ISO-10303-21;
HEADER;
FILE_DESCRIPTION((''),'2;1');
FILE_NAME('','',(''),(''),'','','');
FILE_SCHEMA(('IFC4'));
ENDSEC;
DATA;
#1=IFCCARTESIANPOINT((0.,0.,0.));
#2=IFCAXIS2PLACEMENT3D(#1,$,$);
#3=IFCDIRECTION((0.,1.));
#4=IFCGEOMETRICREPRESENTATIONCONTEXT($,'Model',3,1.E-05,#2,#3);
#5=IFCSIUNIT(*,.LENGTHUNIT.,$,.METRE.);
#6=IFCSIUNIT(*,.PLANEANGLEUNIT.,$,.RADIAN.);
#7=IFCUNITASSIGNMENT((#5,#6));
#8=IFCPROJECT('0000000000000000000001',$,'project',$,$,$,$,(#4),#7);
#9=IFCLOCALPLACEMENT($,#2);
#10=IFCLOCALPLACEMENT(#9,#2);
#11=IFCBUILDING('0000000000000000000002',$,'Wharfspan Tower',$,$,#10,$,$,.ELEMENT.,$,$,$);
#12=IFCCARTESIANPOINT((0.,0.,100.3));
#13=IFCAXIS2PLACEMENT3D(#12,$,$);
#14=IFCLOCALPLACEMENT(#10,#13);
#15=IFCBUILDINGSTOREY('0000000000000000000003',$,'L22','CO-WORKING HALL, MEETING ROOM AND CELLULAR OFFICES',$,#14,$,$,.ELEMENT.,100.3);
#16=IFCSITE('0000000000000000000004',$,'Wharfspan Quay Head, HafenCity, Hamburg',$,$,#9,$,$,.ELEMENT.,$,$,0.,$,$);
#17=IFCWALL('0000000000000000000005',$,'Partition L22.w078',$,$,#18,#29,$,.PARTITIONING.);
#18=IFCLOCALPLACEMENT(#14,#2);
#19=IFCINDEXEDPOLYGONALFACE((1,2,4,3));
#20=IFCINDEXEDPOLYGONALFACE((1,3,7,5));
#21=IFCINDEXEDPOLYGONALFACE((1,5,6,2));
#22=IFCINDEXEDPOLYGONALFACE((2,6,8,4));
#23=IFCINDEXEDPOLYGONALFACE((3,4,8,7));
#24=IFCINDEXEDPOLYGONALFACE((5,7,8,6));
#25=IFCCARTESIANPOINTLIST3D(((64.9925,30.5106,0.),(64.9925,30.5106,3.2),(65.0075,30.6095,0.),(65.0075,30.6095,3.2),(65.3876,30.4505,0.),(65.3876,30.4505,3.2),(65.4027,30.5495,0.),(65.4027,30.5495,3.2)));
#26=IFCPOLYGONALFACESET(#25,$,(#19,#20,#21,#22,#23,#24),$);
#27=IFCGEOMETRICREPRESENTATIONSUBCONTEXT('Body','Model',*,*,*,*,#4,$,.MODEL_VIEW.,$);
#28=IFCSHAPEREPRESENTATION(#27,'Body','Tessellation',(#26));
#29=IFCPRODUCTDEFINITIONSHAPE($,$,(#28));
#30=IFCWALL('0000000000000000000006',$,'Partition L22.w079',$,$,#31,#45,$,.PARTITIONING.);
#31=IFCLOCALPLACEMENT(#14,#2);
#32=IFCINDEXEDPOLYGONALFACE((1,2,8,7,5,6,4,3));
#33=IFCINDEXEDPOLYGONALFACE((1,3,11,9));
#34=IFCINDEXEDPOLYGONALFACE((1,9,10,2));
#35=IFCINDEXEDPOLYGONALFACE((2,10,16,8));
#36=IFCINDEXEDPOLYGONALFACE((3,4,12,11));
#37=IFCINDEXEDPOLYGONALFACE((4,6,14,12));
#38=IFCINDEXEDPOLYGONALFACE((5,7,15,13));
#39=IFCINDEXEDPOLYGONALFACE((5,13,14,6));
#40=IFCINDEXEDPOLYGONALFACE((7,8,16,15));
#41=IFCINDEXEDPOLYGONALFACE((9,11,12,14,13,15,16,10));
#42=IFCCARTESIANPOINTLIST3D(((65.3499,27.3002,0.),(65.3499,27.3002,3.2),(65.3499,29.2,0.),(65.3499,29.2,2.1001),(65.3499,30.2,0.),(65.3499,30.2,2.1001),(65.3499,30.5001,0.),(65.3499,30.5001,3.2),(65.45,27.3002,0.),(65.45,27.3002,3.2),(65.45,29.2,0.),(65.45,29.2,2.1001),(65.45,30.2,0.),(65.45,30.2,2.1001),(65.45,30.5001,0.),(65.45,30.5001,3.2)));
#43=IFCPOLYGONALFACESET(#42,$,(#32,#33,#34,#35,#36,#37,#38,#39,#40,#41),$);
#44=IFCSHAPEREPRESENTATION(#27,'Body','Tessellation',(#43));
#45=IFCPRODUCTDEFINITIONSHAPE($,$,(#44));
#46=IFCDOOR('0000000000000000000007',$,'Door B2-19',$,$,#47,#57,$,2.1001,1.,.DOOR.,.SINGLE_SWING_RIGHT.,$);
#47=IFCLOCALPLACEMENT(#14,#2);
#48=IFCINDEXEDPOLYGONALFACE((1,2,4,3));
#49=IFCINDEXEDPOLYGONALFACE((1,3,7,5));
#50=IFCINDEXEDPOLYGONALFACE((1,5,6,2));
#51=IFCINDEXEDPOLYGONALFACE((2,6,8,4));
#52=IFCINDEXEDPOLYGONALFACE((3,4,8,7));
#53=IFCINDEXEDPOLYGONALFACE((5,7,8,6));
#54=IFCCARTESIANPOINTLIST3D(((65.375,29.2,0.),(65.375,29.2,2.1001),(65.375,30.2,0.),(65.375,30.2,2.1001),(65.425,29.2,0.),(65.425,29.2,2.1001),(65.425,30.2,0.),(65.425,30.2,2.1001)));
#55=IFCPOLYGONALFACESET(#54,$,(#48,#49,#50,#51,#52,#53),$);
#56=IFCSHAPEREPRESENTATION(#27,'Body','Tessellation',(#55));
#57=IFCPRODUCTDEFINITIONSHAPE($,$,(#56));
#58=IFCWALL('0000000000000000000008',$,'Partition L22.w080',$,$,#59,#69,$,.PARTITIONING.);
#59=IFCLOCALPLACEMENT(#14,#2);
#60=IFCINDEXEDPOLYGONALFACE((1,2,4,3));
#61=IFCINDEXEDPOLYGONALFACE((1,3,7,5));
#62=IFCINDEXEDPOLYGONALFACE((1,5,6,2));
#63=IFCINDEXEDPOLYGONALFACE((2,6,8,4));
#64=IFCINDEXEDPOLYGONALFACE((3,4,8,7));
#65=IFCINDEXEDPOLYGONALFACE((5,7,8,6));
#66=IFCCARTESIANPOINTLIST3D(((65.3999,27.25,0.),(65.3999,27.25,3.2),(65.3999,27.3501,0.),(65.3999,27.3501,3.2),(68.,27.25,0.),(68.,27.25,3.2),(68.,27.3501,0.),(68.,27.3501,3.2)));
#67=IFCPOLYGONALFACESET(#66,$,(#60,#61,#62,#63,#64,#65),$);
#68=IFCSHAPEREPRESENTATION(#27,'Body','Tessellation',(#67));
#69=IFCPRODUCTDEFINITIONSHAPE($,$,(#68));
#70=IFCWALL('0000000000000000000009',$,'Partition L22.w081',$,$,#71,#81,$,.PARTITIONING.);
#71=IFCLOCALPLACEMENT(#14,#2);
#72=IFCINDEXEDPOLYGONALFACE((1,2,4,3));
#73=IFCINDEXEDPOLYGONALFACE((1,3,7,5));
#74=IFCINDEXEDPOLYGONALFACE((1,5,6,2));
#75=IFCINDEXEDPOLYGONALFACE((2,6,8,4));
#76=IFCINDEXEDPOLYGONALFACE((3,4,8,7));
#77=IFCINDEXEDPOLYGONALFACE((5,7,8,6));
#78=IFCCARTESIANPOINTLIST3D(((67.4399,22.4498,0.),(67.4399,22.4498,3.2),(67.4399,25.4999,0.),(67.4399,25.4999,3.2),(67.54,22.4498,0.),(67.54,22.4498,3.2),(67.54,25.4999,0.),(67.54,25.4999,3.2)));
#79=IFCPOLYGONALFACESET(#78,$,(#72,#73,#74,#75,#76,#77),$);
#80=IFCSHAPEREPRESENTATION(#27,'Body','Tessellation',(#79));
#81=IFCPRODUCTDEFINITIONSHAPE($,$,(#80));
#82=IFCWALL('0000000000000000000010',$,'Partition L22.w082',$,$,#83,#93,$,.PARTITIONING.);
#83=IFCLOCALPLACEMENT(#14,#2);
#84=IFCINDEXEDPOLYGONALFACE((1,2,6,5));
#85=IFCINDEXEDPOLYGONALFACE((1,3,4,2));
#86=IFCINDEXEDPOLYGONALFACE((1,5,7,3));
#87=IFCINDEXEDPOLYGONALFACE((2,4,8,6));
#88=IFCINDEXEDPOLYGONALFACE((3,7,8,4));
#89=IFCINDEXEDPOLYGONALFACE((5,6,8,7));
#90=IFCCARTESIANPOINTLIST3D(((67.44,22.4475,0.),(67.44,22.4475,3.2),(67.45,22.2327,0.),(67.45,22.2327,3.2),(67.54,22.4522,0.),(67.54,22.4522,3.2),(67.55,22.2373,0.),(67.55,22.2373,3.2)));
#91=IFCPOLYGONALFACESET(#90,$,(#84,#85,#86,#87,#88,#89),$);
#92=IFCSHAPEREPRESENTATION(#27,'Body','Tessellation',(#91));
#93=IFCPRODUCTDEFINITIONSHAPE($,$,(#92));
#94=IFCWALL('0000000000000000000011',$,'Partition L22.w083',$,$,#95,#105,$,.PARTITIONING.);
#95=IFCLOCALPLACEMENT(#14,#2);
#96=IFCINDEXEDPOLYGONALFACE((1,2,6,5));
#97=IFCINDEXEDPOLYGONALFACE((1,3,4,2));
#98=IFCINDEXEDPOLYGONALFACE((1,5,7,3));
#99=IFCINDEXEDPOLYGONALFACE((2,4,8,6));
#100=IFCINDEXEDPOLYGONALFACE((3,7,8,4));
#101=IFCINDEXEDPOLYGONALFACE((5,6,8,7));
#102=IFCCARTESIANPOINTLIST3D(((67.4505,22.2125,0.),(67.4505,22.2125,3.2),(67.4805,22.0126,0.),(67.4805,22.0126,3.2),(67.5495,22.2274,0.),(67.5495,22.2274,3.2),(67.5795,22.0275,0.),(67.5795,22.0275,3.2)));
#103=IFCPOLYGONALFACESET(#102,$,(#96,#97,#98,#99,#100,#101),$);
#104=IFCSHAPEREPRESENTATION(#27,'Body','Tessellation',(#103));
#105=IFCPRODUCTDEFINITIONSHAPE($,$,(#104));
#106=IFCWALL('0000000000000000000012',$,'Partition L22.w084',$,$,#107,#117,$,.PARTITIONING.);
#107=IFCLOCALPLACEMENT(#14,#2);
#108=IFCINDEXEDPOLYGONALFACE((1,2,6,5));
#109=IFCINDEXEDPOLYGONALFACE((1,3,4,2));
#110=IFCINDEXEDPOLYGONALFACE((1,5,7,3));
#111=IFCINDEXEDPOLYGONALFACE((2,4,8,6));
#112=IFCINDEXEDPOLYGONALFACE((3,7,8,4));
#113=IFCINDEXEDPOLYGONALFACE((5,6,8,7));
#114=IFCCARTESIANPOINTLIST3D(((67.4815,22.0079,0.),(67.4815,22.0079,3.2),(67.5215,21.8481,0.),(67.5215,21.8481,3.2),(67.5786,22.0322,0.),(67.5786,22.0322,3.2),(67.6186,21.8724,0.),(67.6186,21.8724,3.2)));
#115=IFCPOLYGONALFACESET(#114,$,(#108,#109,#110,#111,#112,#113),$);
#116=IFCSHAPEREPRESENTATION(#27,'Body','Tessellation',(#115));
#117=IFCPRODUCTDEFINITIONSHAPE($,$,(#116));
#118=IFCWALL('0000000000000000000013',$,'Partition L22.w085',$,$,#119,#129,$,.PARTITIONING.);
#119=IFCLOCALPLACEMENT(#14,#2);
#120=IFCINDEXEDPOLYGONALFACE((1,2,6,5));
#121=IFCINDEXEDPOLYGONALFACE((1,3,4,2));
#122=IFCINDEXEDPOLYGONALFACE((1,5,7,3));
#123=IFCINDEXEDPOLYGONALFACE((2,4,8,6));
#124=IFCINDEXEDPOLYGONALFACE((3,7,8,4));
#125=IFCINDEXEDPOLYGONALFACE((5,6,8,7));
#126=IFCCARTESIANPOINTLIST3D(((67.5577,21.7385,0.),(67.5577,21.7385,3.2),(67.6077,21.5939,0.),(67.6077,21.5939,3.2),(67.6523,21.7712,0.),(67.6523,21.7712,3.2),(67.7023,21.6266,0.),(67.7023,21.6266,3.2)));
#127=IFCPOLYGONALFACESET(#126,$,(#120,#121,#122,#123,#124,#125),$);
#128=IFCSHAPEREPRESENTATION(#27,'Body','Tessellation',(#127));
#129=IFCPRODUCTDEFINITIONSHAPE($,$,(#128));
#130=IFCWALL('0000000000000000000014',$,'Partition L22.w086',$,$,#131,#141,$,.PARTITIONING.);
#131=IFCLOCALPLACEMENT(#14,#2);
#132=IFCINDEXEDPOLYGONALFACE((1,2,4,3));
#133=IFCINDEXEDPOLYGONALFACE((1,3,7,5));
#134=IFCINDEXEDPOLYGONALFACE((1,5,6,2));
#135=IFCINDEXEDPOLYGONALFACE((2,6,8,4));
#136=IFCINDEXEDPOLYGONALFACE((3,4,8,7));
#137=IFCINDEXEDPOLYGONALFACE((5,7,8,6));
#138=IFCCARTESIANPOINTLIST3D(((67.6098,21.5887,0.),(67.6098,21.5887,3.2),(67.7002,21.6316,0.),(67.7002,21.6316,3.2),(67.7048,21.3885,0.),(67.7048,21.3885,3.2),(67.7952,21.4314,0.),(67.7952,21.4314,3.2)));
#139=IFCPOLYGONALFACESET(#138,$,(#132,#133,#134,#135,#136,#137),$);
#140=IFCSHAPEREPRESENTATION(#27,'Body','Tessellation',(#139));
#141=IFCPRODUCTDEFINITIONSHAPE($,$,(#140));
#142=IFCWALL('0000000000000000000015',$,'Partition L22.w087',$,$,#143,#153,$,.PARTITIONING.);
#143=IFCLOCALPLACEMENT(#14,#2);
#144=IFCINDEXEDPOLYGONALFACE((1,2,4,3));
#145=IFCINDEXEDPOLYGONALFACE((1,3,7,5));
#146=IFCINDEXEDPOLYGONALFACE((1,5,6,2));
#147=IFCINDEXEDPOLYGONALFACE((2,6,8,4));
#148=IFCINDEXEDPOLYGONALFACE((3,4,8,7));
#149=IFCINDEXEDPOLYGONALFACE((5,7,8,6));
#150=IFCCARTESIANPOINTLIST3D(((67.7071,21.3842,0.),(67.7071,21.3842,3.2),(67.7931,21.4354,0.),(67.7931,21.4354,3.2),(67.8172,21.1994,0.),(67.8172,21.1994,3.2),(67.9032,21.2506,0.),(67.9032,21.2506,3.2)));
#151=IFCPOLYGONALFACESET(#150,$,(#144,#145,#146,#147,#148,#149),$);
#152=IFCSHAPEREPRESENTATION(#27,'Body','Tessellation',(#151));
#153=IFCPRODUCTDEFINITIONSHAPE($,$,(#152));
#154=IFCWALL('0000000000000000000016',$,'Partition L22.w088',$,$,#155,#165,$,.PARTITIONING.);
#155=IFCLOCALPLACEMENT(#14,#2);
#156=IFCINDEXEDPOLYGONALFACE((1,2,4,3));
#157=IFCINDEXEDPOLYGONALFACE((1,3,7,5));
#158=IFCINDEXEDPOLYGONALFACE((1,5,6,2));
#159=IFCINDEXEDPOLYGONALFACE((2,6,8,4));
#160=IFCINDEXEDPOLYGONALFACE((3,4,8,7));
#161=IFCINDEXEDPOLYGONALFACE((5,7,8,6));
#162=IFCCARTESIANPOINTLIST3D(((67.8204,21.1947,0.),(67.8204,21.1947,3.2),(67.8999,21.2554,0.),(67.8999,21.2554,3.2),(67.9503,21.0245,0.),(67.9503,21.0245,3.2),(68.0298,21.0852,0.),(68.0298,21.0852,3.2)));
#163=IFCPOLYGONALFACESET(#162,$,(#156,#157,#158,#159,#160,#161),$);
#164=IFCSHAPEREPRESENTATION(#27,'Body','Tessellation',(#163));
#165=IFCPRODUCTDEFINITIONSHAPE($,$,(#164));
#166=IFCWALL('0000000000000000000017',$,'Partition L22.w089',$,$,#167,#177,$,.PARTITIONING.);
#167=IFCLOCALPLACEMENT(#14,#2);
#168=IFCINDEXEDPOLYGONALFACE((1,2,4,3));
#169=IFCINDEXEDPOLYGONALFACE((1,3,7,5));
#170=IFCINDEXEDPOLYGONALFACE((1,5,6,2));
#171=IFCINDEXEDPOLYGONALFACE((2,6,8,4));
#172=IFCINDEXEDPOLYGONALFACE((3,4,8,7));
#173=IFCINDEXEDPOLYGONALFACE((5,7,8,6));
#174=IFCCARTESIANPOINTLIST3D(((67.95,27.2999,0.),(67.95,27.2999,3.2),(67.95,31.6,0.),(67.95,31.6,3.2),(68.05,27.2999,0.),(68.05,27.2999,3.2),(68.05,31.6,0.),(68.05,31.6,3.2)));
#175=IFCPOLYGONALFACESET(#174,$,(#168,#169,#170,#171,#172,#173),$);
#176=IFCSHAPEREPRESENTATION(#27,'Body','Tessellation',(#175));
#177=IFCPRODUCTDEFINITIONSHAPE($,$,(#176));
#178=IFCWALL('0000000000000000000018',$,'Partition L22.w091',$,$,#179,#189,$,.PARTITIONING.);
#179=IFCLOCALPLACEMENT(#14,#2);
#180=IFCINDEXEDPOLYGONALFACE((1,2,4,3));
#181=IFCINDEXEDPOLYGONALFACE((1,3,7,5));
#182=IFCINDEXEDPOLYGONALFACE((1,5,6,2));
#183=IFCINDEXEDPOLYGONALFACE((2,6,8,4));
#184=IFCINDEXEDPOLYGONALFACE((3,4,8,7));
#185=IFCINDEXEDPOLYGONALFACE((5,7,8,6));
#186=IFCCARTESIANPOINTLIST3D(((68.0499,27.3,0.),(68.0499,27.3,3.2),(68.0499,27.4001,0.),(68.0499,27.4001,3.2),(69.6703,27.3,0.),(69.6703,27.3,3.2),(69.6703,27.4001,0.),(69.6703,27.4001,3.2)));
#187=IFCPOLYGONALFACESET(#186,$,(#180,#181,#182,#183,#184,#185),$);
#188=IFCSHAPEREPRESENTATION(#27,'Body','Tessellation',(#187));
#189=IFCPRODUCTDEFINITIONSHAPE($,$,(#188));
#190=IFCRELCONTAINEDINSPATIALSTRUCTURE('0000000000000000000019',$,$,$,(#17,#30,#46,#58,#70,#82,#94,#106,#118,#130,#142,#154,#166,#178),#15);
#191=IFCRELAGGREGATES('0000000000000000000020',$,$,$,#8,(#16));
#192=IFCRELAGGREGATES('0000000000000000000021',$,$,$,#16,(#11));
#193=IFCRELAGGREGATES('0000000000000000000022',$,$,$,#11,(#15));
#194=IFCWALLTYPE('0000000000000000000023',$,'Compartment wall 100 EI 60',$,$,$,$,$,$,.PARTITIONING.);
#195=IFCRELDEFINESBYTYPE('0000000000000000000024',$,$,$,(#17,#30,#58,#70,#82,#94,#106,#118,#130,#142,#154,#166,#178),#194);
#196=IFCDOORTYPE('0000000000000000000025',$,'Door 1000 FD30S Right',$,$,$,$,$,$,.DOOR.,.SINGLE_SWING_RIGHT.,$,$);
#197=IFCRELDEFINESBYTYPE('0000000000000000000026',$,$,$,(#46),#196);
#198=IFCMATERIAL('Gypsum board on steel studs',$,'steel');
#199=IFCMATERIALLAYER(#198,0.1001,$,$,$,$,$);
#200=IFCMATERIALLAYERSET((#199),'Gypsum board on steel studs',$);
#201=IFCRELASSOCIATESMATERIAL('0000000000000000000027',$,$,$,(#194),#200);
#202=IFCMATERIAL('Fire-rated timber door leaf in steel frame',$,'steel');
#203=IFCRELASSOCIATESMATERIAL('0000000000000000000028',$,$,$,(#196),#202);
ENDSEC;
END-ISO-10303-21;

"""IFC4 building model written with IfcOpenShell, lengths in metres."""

from ifc_helpers import new_model, si_unit, direction, frame, frame_2d, origin, place, context, subcontext, project, spatial, rectangle, extrude, material, layer, layer_set, type_object, element, fill, save


model = new_model("IFC4")

# Units and contexts
model_context = context("Model", 3, precision=1e-05, world=origin(), true_north=direction((0.0, 1.0)))
body_context = subcontext(model_context, "Body", "Model", "MODEL_VIEW")
ifc_project = project(units=[si_unit("LENGTHUNIT", "METRE"), si_unit("PLANEANGLEUNIT", "RADIAN")], contexts=[model_context])

# Site, building, storey
site_placement = place(None, origin())
site = spatial("IfcSite", under=ifc_project, at=site_placement, Name="Wharfspan Quay Head, HafenCity, Hamburg", CompositionType="ELEMENT", RefElevation=0.0)
building_placement = place(site_placement, origin())
building = spatial("IfcBuilding", under=site, at=building_placement, Name="Wharfspan Tower", CompositionType="ELEMENT")
storey_placement = place(building_placement, frame((0.0, 0.0, 100.3)))
storey = spatial("IfcBuildingStorey", under=building, at=storey_placement, Name="L22", Description="CO-WORKING HALL, MEETING ROOM AND CELLULAR OFFICES", CompositionType="ELEMENT", Elevation=100.3)

# Wall
ifc_material_1 = material(Name="Gypsum board on steel studs", Category="steel")
ifc_layer = layer(ifc_material_1, 0.1001)
ifc_layer_set = layer_set([ifc_layer], Name="Gypsum board on steel studs")
wall_type = type_object("IfcWallType", Name="Compartment wall 100 EI 60", PredefinedType="PARTITIONING", material=ifc_layer_set)
wall_1_placement = place(storey_placement, frame((65.395, 30.5, 0.0), z_axis=(0.0, 0.0, 1.0), x_axis=(-0.988637, 0.150312, 0.0)))
element("IfcWall", 1, at=wall_1_placement, inside=storey, type_object=wall_type, Name="Partition L22.w078", PredefinedType="PARTITIONING", context=body_context, shape_type="SweptSolid", body=[
    extrude(rectangle(XDim=0.3997, YDim=0.1001, at=frame_2d((0.1997, 0.0))), origin(), (0.0, 0.0, 1.0), 3.2),
])

# Wall, opening, door
wall_2_placement = place(storey_placement, frame((65.3999, 27.3, 0.0), z_axis=(0.0, 0.0, 1.0), x_axis=(0.0, 1.0, 0.0)))
wall_2 = element("IfcWall", 2, at=wall_2_placement, inside=storey, type_object=wall_type, Name="Partition L22.w079", PredefinedType="PARTITIONING", context=body_context, shape_type="SweptSolid", body=[
    extrude(rectangle(XDim=3.2, YDim=0.1001, at=frame_2d((1.6001, 0.0))), origin(), (0.0, 0.0, 1.0), 3.2),
])
opening_placement = place(wall_2_placement, frame((1.8999, 0.0, 0.0)))
opening = element("IfcOpeningElement", 3, at=opening_placement, cuts=wall_2, PredefinedType="OPENING", context=body_context, shape_type="SweptSolid", body=[
    extrude(rectangle(XDim=1.0, YDim=2.1001, at=frame_2d((0.5, 1.05))), frame((0.0, 0.0601, 0.0), z_axis=(0.0, -1.0, 0.0), x_axis=(1.0, 0.0, 0.0)), (0.0, 0.0, 1.0), 0.1201),
])
ifc_material_2 = material(Name="Fire-rated timber door leaf in steel frame", Category="steel")
door_type = type_object("IfcDoorType", Name="Door 1000 FD30S Right", OperationType="SINGLE_SWING_RIGHT", PredefinedType="DOOR", material=ifc_material_2)
door_placement = place(opening_placement, origin())
door = element("IfcDoor", 4, at=door_placement, inside=storey, type_object=door_type, Name="Door B2-19", OperationType="SINGLE_SWING_RIGHT", OverallHeight=2.1001, OverallWidth=1.0, PredefinedType="DOOR", context=body_context, shape_type="SweptSolid", body=[
    extrude(rectangle(XDim=1.0, YDim=2.1001, at=frame_2d((0.5, 1.05))), frame((0.0, 0.0249, 0.0), z_axis=(0.0, -1.0, 0.0), x_axis=(1.0, 0.0, 0.0)), (0.0, 0.0, 1.0), 0.05),
])
fill(opening, door)

# Walls
wall_3_placement = place(storey_placement, frame((65.3999, 27.3, 0.0), z_axis=(0.0, 0.0, 1.0), x_axis=(1.0, 0.0, 0.0)))
element("IfcWall", 5, at=wall_3_placement, inside=storey, type_object=wall_type, Name="Partition L22.w080", PredefinedType="PARTITIONING", context=body_context, shape_type="SweptSolid", body=[
    extrude(rectangle(XDim=2.6001, YDim=0.1001, at=frame_2d((1.3, 0.0))), origin(), (0.0, 0.0, 1.0), 3.2),
])
wall_4_placement = place(storey_placement, frame((67.49, 22.45, 0.0), z_axis=(0.0, 0.0, 1.0), x_axis=(0.0, 1.0, 0.0)))
element("IfcWall", 6, at=wall_4_placement, inside=storey, type_object=wall_type, Name="Partition L22.w081", PredefinedType="PARTITIONING", context=body_context, shape_type="SweptSolid", body=[
    extrude(rectangle(XDim=3.05, YDim=0.1001, at=frame_2d((1.5249, 0.0))), origin(), (0.0, 0.0, 1.0), 3.2),
])
wall_5_placement = place(storey_placement, frame((67.5, 22.2351, 0.0), z_axis=(0.0, 0.0, 1.0), x_axis=(-0.04654, 0.998912, 0.0)))
element("IfcWall", 7, at=wall_5_placement, inside=storey, type_object=wall_type, Name="Partition L22.w082", PredefinedType="PARTITIONING", context=body_context, shape_type="SweptSolid", body=[
    extrude(rectangle(XDim=0.2151, YDim=0.1001, at=frame_2d((0.1074, 0.0))), origin(), (0.0, 0.0, 1.0), 3.2),
])
wall_6_placement = place(storey_placement, frame((67.53, 22.02, 0.0), z_axis=(0.0, 0.0, 1.0), x_axis=(-0.148517, 0.988906, 0.0)))
element("IfcWall", 8, at=wall_6_placement, inside=storey, type_object=wall_type, Name="Partition L22.w083", PredefinedType="PARTITIONING", context=body_context, shape_type="SweptSolid", body=[
    extrude(rectangle(XDim=0.2021, YDim=0.1001, at=frame_2d((0.1011, 0.0))), origin(), (0.0, 0.0, 1.0), 3.2),
])
wall_7_placement = place(storey_placement, frame((67.5701, 21.8601, 0.0), z_axis=(0.0, 0.0, 1.0), x_axis=(-0.242884, 0.970055, 0.0)))
element("IfcWall", 9, at=wall_7_placement, inside=storey, type_object=wall_type, Name="Partition L22.w084", PredefinedType="PARTITIONING", context=body_context, shape_type="SweptSolid", body=[
    extrude(rectangle(XDim=0.1648, YDim=0.1001, at=frame_2d((0.0825, 0.0))), origin(), (0.0, 0.0, 1.0), 3.2),
])
wall_8_placement = place(storey_placement, frame((67.655, 21.6101, 0.0), z_axis=(0.0, 0.0, 1.0), x_axis=(-0.326726, 0.945115, 0.0)))
element("IfcWall", 10, at=wall_8_placement, inside=storey, type_object=wall_type, Name="Partition L22.w085", PredefinedType="PARTITIONING", context=body_context, shape_type="SweptSolid", body=[
    extrude(rectangle(XDim=0.1531, YDim=0.1001, at=frame_2d((0.0767, 0.0))), origin(), (0.0, 0.0, 1.0), 3.2),
])
wall_9_placement = place(storey_placement, frame((67.75, 21.4099, 0.0), z_axis=(0.0, 0.0, 1.0), x_axis=(-0.428606, 0.903488, 0.0)))
element("IfcWall", 11, at=wall_9_placement, inside=storey, type_object=wall_type, Name="Partition L22.w086", PredefinedType="PARTITIONING", context=body_context, shape_type="SweptSolid", body=[
    extrude(rectangle(XDim=0.2217, YDim=0.1001, at=frame_2d((0.1108, 0.0))), origin(), (0.0, 0.0, 1.0), 3.2),
])
wall_10_placement = place(storey_placement, frame((67.8601, 21.2251, 0.0), z_axis=(0.0, 0.0, 1.0), x_axis=(-0.511823, 0.859091, 0.0)))
element("IfcWall", 12, at=wall_10_placement, inside=storey, type_object=wall_type, Name="Partition L22.w087", PredefinedType="PARTITIONING", context=body_context, shape_type="SweptSolid", body=[
    extrude(rectangle(XDim=0.2151, YDim=0.1001, at=frame_2d((0.1074, 0.0))), origin(), (0.0, 0.0, 1.0), 3.2),
])
wall_11_placement = place(storey_placement, frame((67.99, 21.0549, 0.0), z_axis=(0.0, 0.0, 1.0), x_axis=(-0.606728, 0.794905, 0.0)))
element("IfcWall", 13, at=wall_11_placement, inside=storey, type_object=wall_type, Name="Partition L22.w088", PredefinedType="PARTITIONING", context=body_context, shape_type="SweptSolid", body=[
    extrude(rectangle(XDim=0.2141, YDim=0.1001, at=frame_2d((0.1069, 0.0))), origin(), (0.0, 0.0, 1.0), 3.2),
])
wall_12_placement = place(storey_placement, frame((68.0, 27.3, 0.0), z_axis=(0.0, 0.0, 1.0), x_axis=(0.0, 1.0, 0.0)))
element("IfcWall", 14, at=wall_12_placement, inside=storey, type_object=wall_type, Name="Partition L22.w089", PredefinedType="PARTITIONING", context=body_context, shape_type="SweptSolid", body=[
    extrude(rectangle(XDim=4.3, YDim=0.1001, at=frame_2d((2.1499, 0.0))), origin(), (0.0, 0.0, 1.0), 3.2),
])
wall_13_placement = place(storey_placement, frame((68.05, 27.3501, 0.0), z_axis=(0.0, 0.0, 1.0), x_axis=(1.0, 0.0, 0.0)))
element("IfcWall", 15, at=wall_13_placement, inside=storey, type_object=wall_type, Name="Partition L22.w091", PredefinedType="PARTITIONING", context=body_context, shape_type="SweptSolid", body=[
    extrude(rectangle(XDim=1.6204, YDim=0.1001, at=frame_2d((0.8101, 0.0))), origin(), (0.0, 0.0, 1.0), 3.2),
])

save(model, "model.ifc")
